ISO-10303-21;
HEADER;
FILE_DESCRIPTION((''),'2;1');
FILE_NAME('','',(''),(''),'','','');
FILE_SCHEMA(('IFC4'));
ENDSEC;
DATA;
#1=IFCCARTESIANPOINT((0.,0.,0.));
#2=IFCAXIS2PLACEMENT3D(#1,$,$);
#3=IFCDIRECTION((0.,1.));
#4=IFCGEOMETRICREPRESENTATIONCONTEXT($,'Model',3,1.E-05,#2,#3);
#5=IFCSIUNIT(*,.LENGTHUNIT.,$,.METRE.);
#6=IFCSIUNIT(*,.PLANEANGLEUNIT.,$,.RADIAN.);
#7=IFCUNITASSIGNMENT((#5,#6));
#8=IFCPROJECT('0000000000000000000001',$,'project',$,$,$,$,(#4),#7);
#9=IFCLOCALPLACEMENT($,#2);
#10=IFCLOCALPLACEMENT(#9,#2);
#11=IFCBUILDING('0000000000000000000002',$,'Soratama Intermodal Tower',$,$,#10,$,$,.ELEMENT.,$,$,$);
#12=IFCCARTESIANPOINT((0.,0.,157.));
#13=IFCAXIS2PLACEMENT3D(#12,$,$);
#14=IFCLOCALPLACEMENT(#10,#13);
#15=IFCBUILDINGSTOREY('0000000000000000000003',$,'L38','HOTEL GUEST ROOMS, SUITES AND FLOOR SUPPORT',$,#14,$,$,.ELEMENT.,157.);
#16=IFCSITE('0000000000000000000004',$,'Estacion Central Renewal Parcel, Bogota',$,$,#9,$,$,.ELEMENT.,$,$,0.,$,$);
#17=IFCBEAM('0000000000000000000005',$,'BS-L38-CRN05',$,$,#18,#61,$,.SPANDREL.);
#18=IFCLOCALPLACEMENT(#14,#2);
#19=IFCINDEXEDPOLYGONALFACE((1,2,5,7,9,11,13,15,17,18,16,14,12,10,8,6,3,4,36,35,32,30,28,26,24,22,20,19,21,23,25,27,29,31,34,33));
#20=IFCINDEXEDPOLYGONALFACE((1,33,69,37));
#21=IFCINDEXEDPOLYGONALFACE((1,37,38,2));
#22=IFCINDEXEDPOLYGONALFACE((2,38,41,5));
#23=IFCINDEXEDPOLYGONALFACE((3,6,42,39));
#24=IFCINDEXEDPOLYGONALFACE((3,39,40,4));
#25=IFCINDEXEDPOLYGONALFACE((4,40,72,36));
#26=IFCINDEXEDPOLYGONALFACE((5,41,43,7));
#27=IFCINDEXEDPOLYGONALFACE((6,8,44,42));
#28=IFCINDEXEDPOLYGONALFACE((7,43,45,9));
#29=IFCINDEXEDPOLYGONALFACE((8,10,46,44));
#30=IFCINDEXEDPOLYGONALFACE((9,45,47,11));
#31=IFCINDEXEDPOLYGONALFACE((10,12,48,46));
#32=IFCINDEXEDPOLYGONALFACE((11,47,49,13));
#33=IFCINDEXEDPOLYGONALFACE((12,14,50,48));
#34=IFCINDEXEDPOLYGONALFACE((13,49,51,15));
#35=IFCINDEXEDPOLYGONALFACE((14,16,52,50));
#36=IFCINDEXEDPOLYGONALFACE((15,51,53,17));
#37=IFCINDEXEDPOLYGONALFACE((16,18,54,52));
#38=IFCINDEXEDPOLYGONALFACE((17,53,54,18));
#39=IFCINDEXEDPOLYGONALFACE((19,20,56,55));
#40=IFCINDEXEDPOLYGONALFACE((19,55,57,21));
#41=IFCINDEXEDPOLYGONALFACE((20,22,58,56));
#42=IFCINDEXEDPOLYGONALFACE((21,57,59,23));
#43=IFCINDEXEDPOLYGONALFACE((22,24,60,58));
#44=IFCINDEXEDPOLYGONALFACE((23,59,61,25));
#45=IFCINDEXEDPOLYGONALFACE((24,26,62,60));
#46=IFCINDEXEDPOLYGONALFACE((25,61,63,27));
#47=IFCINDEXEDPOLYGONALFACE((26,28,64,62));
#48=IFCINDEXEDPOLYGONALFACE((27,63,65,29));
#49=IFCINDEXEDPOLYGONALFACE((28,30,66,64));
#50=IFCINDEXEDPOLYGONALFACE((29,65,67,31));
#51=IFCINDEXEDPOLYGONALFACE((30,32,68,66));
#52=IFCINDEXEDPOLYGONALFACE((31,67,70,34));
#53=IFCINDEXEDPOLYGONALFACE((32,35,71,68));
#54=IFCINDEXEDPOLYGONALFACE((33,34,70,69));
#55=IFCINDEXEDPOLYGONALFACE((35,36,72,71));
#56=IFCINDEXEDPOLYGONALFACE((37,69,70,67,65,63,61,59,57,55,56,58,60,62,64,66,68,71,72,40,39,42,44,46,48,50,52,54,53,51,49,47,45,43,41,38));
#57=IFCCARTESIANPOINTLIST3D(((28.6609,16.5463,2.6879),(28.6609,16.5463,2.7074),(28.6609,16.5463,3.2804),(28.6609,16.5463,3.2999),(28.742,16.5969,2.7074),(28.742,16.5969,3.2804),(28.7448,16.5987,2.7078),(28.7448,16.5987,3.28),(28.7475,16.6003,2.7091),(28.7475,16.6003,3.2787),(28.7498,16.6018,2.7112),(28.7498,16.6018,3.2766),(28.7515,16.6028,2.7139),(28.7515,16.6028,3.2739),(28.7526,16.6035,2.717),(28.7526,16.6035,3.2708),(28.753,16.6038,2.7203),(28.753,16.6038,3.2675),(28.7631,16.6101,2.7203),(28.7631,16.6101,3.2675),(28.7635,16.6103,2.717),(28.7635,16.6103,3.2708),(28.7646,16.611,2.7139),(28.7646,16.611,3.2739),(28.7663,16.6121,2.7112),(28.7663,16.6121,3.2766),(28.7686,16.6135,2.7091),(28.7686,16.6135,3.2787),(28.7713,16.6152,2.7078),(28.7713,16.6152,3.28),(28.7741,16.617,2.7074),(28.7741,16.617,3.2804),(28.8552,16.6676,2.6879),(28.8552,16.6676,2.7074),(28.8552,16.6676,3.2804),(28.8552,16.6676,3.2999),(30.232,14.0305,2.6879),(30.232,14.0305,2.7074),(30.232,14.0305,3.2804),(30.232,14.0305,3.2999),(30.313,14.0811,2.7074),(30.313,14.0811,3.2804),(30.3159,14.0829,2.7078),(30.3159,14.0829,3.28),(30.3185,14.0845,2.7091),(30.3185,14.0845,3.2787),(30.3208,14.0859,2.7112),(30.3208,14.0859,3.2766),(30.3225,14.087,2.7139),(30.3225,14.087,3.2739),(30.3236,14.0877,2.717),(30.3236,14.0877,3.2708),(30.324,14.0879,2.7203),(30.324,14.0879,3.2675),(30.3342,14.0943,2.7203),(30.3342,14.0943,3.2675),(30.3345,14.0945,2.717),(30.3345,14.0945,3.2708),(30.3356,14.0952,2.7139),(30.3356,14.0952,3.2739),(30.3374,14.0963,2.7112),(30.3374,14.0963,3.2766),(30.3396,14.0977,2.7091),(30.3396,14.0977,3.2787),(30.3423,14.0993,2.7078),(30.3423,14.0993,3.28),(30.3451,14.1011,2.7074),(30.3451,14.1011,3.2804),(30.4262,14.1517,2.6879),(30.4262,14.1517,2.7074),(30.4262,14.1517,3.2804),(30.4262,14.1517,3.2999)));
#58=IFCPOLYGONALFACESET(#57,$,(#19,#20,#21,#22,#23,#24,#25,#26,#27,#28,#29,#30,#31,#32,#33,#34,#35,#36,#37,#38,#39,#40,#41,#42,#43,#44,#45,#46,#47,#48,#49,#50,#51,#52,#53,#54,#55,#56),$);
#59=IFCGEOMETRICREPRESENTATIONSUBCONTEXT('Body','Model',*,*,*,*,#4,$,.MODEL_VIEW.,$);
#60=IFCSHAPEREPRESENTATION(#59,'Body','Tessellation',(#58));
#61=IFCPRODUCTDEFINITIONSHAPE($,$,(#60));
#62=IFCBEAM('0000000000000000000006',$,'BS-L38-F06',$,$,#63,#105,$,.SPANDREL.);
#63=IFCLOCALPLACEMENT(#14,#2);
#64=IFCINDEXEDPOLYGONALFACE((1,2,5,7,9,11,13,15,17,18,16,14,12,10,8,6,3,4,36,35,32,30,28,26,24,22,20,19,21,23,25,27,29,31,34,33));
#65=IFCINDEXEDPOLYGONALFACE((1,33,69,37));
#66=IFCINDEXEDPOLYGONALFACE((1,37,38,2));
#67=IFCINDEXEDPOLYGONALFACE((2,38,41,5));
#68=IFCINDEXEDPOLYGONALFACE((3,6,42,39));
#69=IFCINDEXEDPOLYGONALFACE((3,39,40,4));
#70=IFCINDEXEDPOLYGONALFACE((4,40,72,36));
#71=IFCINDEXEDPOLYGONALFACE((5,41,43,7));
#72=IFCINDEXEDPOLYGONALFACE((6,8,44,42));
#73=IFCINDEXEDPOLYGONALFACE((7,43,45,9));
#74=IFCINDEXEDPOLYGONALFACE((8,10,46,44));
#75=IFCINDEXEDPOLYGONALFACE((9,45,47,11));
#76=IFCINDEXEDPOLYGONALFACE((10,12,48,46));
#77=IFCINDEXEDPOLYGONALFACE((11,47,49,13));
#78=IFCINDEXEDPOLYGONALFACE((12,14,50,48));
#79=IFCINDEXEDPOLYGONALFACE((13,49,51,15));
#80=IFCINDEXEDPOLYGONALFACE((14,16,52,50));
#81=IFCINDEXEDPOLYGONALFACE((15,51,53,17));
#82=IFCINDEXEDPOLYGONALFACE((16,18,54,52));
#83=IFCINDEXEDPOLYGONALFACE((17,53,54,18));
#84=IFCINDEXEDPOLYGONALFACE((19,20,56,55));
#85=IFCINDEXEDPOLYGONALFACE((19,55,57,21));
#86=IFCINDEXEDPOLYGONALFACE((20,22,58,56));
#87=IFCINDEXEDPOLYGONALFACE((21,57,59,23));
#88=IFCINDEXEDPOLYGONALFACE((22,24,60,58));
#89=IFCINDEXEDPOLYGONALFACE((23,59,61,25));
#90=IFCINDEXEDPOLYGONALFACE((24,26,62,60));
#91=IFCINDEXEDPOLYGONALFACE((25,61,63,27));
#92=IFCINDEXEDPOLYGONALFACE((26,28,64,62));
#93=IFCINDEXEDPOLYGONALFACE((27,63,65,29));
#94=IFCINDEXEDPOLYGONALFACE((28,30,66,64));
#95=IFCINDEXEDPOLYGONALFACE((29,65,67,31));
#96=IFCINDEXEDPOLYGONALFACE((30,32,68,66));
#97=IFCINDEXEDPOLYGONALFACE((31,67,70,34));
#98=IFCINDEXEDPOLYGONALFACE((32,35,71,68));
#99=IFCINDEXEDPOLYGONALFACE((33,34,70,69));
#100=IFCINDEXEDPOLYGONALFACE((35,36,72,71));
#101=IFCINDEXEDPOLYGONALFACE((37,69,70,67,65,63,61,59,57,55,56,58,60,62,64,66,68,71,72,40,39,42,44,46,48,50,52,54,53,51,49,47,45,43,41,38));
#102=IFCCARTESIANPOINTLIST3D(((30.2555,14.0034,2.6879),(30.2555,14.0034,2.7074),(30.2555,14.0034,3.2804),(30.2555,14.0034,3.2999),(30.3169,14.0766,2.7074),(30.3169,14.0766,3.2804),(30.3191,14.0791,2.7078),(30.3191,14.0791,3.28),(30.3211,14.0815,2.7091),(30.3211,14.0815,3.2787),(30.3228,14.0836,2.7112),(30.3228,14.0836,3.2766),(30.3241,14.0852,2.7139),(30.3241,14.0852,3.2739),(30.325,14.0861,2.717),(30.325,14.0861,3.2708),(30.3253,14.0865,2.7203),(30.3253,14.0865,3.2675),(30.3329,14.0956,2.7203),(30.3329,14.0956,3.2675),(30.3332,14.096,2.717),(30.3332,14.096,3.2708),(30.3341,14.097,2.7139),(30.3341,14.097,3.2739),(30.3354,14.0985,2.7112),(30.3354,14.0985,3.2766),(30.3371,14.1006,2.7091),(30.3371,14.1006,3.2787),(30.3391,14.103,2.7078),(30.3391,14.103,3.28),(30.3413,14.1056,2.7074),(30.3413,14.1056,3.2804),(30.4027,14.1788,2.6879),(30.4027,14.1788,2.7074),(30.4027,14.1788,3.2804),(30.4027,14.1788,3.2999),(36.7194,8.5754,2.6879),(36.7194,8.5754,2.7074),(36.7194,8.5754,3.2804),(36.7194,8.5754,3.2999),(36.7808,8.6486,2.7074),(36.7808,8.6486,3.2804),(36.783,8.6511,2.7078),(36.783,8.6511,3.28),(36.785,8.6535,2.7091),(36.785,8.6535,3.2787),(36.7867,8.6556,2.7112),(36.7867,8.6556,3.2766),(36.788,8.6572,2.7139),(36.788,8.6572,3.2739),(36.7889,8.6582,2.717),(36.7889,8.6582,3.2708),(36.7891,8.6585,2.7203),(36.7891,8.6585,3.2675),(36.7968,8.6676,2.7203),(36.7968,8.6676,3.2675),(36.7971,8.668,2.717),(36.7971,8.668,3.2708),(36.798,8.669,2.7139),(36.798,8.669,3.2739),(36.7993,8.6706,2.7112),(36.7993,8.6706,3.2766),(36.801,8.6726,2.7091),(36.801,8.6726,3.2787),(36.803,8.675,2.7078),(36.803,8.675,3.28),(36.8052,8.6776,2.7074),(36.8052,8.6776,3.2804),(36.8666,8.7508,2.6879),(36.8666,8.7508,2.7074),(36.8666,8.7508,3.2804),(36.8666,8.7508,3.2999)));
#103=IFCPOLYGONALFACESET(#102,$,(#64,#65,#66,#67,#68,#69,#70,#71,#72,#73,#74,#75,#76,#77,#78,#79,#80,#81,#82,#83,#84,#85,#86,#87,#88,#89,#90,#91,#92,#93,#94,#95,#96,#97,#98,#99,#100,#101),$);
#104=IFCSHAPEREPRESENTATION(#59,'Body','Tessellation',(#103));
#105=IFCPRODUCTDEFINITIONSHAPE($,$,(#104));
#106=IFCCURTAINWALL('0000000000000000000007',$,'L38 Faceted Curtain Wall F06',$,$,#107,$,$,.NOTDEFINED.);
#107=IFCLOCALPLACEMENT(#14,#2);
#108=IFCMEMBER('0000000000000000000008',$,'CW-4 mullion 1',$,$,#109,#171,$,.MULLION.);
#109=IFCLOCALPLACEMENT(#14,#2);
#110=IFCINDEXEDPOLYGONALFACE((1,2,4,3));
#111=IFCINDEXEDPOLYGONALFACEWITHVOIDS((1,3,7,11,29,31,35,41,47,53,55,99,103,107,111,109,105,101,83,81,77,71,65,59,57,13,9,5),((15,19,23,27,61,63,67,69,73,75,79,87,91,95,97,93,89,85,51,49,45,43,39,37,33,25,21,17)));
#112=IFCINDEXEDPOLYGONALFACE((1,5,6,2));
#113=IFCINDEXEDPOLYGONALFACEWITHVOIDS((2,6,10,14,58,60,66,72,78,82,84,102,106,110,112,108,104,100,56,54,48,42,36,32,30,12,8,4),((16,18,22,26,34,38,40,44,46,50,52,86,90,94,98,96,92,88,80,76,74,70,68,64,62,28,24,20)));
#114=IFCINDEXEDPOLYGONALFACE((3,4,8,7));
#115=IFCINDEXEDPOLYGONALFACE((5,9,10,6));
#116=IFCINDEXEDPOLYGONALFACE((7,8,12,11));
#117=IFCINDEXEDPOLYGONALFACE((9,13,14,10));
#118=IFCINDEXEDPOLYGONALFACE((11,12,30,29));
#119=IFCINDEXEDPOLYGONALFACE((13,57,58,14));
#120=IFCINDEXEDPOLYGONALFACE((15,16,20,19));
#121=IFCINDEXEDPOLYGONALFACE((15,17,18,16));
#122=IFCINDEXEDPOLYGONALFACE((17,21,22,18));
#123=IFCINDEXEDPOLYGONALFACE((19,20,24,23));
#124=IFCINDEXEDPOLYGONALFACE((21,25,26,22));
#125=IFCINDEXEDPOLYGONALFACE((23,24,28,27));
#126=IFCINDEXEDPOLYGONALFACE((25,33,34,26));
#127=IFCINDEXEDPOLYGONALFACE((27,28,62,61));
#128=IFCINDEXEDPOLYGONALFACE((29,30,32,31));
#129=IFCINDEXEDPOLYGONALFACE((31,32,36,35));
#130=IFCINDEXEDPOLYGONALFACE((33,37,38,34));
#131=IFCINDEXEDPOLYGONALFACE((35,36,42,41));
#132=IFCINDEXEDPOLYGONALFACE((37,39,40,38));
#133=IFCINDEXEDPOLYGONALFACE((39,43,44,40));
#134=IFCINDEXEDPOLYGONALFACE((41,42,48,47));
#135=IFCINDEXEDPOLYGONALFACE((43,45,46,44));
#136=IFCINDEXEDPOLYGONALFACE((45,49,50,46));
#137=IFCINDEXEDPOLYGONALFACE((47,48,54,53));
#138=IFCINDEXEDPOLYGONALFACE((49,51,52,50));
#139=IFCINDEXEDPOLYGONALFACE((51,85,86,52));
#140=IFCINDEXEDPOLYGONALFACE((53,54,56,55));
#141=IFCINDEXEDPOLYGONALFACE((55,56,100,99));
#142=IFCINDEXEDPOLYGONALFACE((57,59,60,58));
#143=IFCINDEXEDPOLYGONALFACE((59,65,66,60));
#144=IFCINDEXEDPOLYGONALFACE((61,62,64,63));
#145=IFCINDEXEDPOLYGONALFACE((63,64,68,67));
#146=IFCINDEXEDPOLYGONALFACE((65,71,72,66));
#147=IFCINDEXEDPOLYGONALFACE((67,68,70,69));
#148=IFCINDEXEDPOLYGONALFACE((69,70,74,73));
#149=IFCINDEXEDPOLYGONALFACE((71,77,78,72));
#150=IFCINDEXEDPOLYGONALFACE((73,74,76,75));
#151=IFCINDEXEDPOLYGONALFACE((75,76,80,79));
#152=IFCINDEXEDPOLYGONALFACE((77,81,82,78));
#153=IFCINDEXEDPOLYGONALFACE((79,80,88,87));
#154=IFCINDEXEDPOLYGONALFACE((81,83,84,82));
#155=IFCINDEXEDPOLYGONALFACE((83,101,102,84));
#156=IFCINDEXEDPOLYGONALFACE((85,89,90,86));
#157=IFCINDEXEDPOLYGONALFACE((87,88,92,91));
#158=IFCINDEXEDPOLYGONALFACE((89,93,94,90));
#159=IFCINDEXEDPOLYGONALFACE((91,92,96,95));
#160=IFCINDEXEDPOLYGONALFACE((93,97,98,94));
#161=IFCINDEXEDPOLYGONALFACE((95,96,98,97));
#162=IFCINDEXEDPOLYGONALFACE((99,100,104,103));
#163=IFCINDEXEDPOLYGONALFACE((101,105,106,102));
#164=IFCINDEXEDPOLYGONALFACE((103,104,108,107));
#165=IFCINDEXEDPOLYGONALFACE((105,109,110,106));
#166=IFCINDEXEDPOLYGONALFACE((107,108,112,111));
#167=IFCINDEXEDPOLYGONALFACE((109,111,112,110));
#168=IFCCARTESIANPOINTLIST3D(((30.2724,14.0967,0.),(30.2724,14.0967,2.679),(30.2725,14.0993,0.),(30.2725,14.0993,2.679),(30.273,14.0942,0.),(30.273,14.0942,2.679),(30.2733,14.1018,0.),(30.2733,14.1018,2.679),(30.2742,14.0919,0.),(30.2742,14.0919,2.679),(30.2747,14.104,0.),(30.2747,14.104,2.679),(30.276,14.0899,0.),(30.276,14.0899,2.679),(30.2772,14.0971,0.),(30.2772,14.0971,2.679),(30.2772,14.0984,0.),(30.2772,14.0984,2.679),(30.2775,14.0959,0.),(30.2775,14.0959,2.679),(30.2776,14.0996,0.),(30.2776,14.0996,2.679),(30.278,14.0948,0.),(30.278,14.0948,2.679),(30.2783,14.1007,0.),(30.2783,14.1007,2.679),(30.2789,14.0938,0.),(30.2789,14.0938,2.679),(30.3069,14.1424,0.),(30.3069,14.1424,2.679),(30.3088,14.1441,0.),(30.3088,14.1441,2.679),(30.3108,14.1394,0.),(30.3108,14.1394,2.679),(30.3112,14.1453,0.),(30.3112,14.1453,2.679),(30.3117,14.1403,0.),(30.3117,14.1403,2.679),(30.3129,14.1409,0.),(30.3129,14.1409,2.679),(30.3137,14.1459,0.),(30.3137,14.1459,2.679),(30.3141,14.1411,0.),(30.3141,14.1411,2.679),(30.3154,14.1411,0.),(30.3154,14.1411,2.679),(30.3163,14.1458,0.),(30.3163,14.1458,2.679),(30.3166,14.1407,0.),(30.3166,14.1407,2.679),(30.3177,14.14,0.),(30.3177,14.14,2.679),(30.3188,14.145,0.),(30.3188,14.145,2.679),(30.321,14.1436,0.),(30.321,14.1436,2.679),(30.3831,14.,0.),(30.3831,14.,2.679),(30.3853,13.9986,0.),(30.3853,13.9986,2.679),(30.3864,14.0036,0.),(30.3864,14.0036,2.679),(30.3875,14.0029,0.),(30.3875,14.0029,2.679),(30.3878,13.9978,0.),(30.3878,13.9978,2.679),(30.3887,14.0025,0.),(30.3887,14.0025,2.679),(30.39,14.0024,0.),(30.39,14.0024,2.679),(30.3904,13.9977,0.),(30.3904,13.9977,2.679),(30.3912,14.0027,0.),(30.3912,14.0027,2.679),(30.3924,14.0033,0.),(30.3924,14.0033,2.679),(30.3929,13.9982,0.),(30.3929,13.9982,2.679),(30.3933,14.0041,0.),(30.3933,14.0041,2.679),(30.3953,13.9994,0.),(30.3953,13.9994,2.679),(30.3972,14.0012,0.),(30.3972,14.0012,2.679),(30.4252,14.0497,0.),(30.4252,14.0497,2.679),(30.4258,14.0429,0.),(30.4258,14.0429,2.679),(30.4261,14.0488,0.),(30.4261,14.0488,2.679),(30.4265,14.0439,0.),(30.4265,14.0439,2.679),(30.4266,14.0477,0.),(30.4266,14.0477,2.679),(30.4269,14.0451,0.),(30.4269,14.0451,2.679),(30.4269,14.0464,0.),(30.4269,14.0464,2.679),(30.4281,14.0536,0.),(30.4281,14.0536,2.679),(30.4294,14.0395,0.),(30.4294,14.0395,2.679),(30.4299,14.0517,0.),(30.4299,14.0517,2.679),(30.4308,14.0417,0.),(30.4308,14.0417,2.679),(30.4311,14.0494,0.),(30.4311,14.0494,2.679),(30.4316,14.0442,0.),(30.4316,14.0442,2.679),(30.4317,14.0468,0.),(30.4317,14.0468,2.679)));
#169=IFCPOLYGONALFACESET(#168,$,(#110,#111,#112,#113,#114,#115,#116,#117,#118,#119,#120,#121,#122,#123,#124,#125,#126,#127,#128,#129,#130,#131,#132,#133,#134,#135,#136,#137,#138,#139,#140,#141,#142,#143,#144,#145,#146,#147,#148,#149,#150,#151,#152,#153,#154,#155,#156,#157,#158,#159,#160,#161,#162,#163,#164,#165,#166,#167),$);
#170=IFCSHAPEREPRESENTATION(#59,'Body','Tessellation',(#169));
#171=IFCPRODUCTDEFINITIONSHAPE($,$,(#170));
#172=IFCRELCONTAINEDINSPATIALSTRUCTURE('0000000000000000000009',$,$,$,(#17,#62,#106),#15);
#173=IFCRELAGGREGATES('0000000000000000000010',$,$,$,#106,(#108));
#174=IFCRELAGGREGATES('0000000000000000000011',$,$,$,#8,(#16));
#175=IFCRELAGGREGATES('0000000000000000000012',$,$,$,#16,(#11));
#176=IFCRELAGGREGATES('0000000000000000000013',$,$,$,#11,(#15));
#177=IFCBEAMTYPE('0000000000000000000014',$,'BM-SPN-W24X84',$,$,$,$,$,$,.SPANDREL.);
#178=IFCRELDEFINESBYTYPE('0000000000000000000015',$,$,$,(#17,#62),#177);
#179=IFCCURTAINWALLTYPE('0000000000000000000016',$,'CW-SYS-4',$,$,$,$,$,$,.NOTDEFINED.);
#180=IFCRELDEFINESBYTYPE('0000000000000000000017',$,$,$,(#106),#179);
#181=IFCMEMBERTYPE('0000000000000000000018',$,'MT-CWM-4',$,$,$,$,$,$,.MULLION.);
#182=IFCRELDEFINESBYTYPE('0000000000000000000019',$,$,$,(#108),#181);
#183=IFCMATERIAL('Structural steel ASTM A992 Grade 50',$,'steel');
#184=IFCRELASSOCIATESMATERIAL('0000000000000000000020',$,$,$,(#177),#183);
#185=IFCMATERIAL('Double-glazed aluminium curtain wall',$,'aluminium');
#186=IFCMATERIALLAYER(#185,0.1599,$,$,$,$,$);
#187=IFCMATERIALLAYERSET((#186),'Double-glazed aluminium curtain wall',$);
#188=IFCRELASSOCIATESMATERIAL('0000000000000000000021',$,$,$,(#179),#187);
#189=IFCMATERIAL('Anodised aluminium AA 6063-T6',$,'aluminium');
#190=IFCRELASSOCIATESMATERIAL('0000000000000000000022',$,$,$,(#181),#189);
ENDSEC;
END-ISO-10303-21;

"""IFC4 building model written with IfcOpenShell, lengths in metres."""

from ifc_helpers import new_model, si_unit, direction, frame, origin, origin_2d, place, context, subcontext, project, spatial, hollow_rectangle, i_section, extrude, material, layer, layer_set, material_profile, profile_set, type_object, element, aggregate, save


model = new_model("IFC4")

# Units and contexts
model_context = context("Model", 3, precision=1e-05, world=origin(), true_north=direction((0.0, 1.0)))
body_context = subcontext(model_context, "Body", "Model", "MODEL_VIEW")
ifc_project = project(units=[si_unit("LENGTHUNIT", "METRE"), si_unit("PLANEANGLEUNIT", "RADIAN")], contexts=[model_context])

# Site, building, storey
site_placement = place(None, origin())
site = spatial("IfcSite", under=ifc_project, at=site_placement, Name="Estacion Central Renewal Parcel, Bogota", CompositionType="ELEMENT", RefElevation=0.0)
building_placement = place(site_placement, origin())
building = spatial("IfcBuilding", under=site, at=building_placement, Name="Soratama Intermodal Tower", CompositionType="ELEMENT")
storey_placement = place(building_placement, frame((0.0, 0.0, 157.0)))
storey = spatial("IfcBuildingStorey", under=building, at=storey_placement, Name="L38", Description="HOTEL GUEST ROOMS, SUITES AND FLOOR SUPPORT", CompositionType="ELEMENT", Elevation=157.0)

# Beams
ifc_material_1 = material(Name="Structural steel ASTM A992 Grade 50", Category="steel")
ifc_material_profile_1 = material_profile(ifc_material_1, i_section(OverallWidth=0.229, OverallDepth=0.6121, WebThickness=0.012, FlangeThickness=0.0195, FilletRadius=0.0129, at=origin_2d()), Name="W24X84")
ifc_profile_set_1 = profile_set([ifc_material_profile_1], Name="Structural steel ASTM A992 Grade 50")
beam_type_1 = type_object("IfcBeamType", Name="BM-SPN-W24X84", PredefinedType="SPANDREL", material=ifc_profile_set_1)
beam_1_placement = place(storey_placement, frame((28.7581, 16.6069, 2.9939), z_axis=(0.529666, -0.848206, 0.0), x_axis=(0.848206, 0.529666, 0.0)))
element("IfcBeam", 1, at=beam_1_placement, inside=storey, type_object=beam_type_1, Name="BS-L38-CRN05", PredefinedType="SPANDREL", context=body_context, shape_type="SweptSolid", body=[
    extrude(i_section(OverallWidth=0.229, OverallDepth=0.6121, WebThickness=0.012, FlangeThickness=0.0195, FilletRadius=0.0129, at=origin_2d()), origin(), (0.0, 0.0, 1.0), 2.9661),
])
beam_2_placement = place(storey_placement, frame((30.3291, 14.0911, 2.9939), z_axis=(0.765802, -0.643076, 0.0), x_axis=(0.643076, 0.765802, 0.0)))
element("IfcBeam", 2, at=beam_2_placement, inside=storey, type_object=beam_type_1, Name="BS-L38-F06", PredefinedType="SPANDREL", context=body_context, shape_type="SweptSolid", body=[
    extrude(i_section(OverallWidth=0.229, OverallDepth=0.6121, WebThickness=0.012, FlangeThickness=0.0195, FilletRadius=0.0129, at=origin_2d()), origin(), (0.0, 0.0, 1.0), 8.4407),
])

# Curtain wall, member
ifc_material_2 = material(Name="Double-glazed aluminium curtain wall", Category="aluminium")
ifc_layer_1 = layer(ifc_material_2, 0.1599)
ifc_layer_set_1 = layer_set([ifc_layer_1], Name="Double-glazed aluminium curtain wall")
curtain_wall_type = type_object("IfcCurtainWallType", Name="CW-SYS-4", PredefinedType="NOTDEFINED", material=ifc_layer_set_1)
curtain_wall_placement = place(storey_placement, origin())
curtain_wall = element("IfcCurtainWall", 3, at=curtain_wall_placement, inside=storey, type_object=curtain_wall_type, Name="L38 Faceted Curtain Wall F06", PredefinedType="NOTDEFINED")
ifc_material_3 = material(Name="Anodised aluminium AA 6063-T6", Category="aluminium")
ifc_material_profile_2 = material_profile(ifc_material_3, hollow_rectangle(XDim=0.0701, YDim=0.1599, WallThickness=0.0049, InnerFilletRadius=0.0049, OuterFilletRadius=0.01, at=origin_2d()), Name="CWM160X70X5")
ifc_profile_set_2 = profile_set([ifc_material_profile_2], Name="Anodised aluminium AA 6063-T6")
member_type_1 = type_object("IfcMemberType", Name="MT-CWM-4", PredefinedType="MULLION", material=ifc_profile_set_2)
member_1_placement = place(storey_placement, frame((30.3521, 14.0718, 0.0), z_axis=(0.0, 0.0, 1.0), x_axis=(0.643055, 0.76582, 0.0)))
member_1 = element("IfcMember", 4, at=member_1_placement, type_object=member_type_1, Name="CW-4 mullion 1", PredefinedType="MULLION", context=body_context, shape_type="SweptSolid", body=[
    extrude(hollow_rectangle(XDim=0.0701, YDim=0.1599, WallThickness=0.0049, InnerFilletRadius=0.0049, OuterFilletRadius=0.01, at=origin_2d()), origin(), (0.0, 0.0, 1.0), 2.679),
])
aggregate(curtain_wall, [member_1])

save(model, "model.ifc")
